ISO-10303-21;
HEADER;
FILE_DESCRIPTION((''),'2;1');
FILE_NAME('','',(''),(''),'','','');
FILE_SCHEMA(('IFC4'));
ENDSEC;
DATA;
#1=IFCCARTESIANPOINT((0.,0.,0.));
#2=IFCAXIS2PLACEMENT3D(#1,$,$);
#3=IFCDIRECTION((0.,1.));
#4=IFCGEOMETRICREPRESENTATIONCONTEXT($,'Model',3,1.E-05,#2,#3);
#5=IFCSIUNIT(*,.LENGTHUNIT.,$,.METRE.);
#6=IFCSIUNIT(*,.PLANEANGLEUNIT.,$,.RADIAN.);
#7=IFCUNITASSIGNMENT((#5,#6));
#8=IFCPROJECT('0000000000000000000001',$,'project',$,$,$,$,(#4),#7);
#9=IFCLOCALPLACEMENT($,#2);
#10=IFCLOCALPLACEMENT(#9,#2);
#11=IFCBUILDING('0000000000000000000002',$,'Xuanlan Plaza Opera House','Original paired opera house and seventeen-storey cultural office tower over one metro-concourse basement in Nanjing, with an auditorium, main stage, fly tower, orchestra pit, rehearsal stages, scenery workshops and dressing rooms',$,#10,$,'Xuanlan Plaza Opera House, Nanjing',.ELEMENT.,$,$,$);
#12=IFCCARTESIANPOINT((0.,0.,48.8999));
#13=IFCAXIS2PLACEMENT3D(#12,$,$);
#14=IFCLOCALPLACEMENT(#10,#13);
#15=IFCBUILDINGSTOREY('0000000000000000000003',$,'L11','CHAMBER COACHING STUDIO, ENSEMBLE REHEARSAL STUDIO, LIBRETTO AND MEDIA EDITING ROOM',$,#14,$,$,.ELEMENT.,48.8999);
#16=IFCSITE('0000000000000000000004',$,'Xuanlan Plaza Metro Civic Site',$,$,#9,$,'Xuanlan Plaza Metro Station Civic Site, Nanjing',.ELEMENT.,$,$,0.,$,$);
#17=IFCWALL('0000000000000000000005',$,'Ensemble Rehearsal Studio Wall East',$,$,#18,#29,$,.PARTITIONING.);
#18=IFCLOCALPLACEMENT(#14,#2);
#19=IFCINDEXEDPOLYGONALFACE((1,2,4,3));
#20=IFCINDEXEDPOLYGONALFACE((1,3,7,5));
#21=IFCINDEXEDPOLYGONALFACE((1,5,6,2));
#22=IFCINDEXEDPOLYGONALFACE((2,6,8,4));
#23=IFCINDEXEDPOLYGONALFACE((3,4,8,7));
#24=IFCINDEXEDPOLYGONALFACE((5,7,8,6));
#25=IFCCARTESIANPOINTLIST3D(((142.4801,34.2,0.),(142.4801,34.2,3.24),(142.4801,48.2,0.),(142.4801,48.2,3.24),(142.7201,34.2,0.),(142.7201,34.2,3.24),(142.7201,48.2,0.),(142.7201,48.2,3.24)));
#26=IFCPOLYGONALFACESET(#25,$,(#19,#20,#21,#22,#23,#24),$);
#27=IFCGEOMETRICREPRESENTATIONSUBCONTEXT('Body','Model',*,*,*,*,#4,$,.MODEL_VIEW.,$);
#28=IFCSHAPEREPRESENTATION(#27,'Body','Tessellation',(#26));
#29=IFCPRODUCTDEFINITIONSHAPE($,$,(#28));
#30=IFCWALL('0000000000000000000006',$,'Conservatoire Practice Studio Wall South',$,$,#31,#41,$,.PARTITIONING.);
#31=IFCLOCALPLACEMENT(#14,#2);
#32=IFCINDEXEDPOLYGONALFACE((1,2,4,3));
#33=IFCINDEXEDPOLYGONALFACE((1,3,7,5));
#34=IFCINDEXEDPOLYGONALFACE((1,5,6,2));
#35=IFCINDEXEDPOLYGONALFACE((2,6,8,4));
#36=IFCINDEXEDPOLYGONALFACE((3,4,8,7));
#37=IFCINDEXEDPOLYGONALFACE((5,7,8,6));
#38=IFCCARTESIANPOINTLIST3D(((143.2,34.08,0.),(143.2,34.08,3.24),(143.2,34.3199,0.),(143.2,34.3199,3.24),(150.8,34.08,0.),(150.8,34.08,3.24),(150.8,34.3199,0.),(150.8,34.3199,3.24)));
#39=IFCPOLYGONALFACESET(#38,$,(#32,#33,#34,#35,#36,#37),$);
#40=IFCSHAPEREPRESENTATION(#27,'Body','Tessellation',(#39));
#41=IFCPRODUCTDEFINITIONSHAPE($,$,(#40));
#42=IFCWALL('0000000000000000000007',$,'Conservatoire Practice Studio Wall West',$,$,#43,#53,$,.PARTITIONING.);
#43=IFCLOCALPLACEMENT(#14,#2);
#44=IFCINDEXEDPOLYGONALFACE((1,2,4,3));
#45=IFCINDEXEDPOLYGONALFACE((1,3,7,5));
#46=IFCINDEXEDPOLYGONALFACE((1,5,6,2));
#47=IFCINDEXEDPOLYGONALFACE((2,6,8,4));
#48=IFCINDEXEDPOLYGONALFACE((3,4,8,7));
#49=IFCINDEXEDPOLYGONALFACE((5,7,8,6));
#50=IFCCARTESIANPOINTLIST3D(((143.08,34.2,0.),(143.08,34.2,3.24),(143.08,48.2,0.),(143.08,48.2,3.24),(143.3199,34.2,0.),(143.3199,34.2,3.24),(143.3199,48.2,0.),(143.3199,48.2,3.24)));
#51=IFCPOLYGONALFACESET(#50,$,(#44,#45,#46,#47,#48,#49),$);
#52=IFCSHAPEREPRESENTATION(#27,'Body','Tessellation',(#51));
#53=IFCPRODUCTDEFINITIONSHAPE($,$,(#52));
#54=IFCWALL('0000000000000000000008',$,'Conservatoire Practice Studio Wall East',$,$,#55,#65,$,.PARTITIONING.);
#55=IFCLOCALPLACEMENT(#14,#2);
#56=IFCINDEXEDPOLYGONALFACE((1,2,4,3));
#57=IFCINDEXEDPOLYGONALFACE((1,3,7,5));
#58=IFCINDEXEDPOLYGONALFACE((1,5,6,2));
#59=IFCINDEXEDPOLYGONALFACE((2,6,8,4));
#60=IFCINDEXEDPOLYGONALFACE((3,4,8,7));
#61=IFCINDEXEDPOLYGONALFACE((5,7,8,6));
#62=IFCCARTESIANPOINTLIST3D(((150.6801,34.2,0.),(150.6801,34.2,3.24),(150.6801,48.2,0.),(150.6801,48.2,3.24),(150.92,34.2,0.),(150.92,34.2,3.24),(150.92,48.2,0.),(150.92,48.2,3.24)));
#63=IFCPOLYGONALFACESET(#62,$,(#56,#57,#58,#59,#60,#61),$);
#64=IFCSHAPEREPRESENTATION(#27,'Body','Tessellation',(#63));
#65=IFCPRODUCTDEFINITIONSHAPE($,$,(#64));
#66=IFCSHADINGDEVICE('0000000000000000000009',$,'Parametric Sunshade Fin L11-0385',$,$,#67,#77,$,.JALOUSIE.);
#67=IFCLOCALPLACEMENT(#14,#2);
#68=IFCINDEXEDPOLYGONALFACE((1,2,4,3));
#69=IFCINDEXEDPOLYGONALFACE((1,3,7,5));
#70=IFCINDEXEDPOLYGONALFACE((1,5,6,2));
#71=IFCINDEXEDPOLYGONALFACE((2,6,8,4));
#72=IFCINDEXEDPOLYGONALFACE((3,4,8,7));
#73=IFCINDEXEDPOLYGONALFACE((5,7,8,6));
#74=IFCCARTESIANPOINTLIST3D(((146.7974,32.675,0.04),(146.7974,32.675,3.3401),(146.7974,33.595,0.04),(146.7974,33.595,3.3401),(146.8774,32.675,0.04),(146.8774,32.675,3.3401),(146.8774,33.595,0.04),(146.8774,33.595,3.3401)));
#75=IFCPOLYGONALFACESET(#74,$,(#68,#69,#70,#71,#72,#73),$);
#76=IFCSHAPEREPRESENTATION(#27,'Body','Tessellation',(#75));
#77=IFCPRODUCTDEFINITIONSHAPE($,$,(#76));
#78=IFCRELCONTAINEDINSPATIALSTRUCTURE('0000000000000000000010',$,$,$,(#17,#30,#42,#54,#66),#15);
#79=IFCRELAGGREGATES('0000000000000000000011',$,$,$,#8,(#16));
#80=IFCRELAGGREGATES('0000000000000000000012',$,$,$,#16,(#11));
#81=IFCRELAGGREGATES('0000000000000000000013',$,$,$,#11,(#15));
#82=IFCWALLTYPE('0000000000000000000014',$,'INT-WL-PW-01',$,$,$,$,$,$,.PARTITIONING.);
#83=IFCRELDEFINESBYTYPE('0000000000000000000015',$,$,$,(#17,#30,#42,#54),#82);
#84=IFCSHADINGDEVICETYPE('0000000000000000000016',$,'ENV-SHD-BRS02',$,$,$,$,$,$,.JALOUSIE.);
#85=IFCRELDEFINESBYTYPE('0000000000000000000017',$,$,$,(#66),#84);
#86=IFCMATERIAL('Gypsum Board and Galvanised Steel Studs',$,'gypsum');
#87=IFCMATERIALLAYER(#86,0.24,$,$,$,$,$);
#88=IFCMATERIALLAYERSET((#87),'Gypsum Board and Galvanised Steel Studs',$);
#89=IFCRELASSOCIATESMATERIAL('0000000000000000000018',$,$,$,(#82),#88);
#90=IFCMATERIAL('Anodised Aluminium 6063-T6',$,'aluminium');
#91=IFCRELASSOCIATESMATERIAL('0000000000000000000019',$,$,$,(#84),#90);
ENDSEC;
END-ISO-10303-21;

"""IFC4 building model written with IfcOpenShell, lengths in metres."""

from ifc_helpers import new_model, si_unit, direction, frame, frame_2d, origin, origin_2d, place, context, subcontext, project, spatial, rectangle, extrude, material, layer, layer_set, type_object, element, save


model = new_model("IFC4")

# Units and contexts
model_context = context("Model", 3, precision=1e-05, world=origin(), true_north=direction((0.0, 1.0)))
body_context = subcontext(model_context, "Body", "Model", "MODEL_VIEW")
ifc_project = project(units=[si_unit("LENGTHUNIT", "METRE"), si_unit("PLANEANGLEUNIT", "RADIAN")], contexts=[model_context])

# Site, building, storey
site_placement = place(None, origin())
site = spatial("IfcSite", under=ifc_project, at=site_placement, Name="Xuanlan Plaza Metro Civic Site", LongName="Xuanlan Plaza Metro Station Civic Site, Nanjing", CompositionType="ELEMENT", RefElevation=0.0)
building_placement = place(site_placement, origin())
building = spatial("IfcBuilding", under=site, at=building_placement, Name="Xuanlan Plaza Opera House", Description="Original paired opera house and seventeen-storey cultural office tower over one metro-concourse basement in Nanjing, with an auditorium, main stage, fly tower, orchestra pit, rehearsal stages, scenery workshops and dressing rooms", LongName="Xuanlan Plaza Opera House, Nanjing", CompositionType="ELEMENT")
storey_placement = place(building_placement, frame((0.0, 0.0, 48.8999)))
storey = spatial("IfcBuildingStorey", under=building, at=storey_placement, Name="L11", Description="CHAMBER COACHING STUDIO, ENSEMBLE REHEARSAL STUDIO, LIBRETTO AND MEDIA EDITING ROOM", CompositionType="ELEMENT", Elevation=48.8999)

# Shared definitions
ifc_material_1 = material(Name="Anodised Aluminium 6063-T6", Category="aluminium")

# Walls
ifc_material_2 = material(Name="Gypsum Board and Galvanised Steel Studs", Category="gypsum")
ifc_layer_1 = layer(ifc_material_2, 0.24)
ifc_layer_set_1 = layer_set([ifc_layer_1], Name="Gypsum Board and Galvanised Steel Studs")
wall_type = type_object("IfcWallType", Name="INT-WL-PW-01", PredefinedType="PARTITIONING", material=ifc_layer_set_1)
wall_1_placement = place(storey_placement, frame((142.6001, 34.2, 0.0), z_axis=(0.0, 0.0, 1.0), x_axis=(0.0, 1.0, 0.0)))
element("IfcWall", 1, at=wall_1_placement, inside=storey, type_object=wall_type, Name="Ensemble Rehearsal Studio Wall East", PredefinedType="PARTITIONING", context=body_context, shape_type="SweptSolid", body=[
    extrude(rectangle(XDim=14.0, YDim=0.24, at=frame_2d((7.0, 0.0))), origin(), (0.0, 0.0, 1.0), 3.24),
])
wall_2_placement = place(storey_placement, frame((143.2, 34.2, 0.0), z_axis=(0.0, 0.0, 1.0), x_axis=(1.0, 0.0, 0.0)))
element("IfcWall", 2, at=wall_2_placement, inside=storey, type_object=wall_type, Name="Conservatoire Practice Studio Wall South", PredefinedType="PARTITIONING", context=body_context, shape_type="SweptSolid", body=[
    extrude(rectangle(XDim=7.6001, YDim=0.24, at=frame_2d((3.8, 0.0))), origin(), (0.0, 0.0, 1.0), 3.24),
])
for number, where, z_axis, x_axis, name in (
    (3, (143.2, 34.2, 0.0), (0.0, 0.0, 1.0), (0.0, 1.0, 0.0), "Conservatoire Practice Studio Wall West"),
    (4, (150.8, 34.2, 0.0), (0.0, 0.0, 1.0), (0.0, 1.0, 0.0), "Conservatoire Practice Studio Wall East"),
):
    element("IfcWall", number, at=place(storey_placement, frame(where, z_axis=z_axis, x_axis=x_axis)), inside=storey, type_object=wall_type, Name=name, PredefinedType="PARTITIONING", context=body_context, shape_type="SweptSolid", body=[
        extrude(rectangle(XDim=14.0, YDim=0.24, at=frame_2d((7.0, 0.0))), origin(), (0.0, 0.0, 1.0), 3.24),
    ])

# Shading device
shading_device_type = type_object("IfcShadingDeviceType", Name="ENV-SHD-BRS02", PredefinedType="JALOUSIE", material=ifc_material_1)
shading_device_placement = place(storey_placement, frame((146.8374, 33.135, 0.04), z_axis=(0.0, 0.0, 1.0), x_axis=(0.0, -1.0, 0.0)))
element("IfcShadingDevice", 5, at=shading_device_placement, inside=storey, type_object=shading_device_type, Name="Parametric Sunshade Fin L11-0385", PredefinedType="JALOUSIE", context=body_context, shape_type="SweptSolid", body=[
    extrude(rectangle(XDim=0.9199, YDim=0.0801, at=origin_2d()), origin(), (0.0, 0.0, 1.0), 3.3),
])

save(model, "model.ifc")
